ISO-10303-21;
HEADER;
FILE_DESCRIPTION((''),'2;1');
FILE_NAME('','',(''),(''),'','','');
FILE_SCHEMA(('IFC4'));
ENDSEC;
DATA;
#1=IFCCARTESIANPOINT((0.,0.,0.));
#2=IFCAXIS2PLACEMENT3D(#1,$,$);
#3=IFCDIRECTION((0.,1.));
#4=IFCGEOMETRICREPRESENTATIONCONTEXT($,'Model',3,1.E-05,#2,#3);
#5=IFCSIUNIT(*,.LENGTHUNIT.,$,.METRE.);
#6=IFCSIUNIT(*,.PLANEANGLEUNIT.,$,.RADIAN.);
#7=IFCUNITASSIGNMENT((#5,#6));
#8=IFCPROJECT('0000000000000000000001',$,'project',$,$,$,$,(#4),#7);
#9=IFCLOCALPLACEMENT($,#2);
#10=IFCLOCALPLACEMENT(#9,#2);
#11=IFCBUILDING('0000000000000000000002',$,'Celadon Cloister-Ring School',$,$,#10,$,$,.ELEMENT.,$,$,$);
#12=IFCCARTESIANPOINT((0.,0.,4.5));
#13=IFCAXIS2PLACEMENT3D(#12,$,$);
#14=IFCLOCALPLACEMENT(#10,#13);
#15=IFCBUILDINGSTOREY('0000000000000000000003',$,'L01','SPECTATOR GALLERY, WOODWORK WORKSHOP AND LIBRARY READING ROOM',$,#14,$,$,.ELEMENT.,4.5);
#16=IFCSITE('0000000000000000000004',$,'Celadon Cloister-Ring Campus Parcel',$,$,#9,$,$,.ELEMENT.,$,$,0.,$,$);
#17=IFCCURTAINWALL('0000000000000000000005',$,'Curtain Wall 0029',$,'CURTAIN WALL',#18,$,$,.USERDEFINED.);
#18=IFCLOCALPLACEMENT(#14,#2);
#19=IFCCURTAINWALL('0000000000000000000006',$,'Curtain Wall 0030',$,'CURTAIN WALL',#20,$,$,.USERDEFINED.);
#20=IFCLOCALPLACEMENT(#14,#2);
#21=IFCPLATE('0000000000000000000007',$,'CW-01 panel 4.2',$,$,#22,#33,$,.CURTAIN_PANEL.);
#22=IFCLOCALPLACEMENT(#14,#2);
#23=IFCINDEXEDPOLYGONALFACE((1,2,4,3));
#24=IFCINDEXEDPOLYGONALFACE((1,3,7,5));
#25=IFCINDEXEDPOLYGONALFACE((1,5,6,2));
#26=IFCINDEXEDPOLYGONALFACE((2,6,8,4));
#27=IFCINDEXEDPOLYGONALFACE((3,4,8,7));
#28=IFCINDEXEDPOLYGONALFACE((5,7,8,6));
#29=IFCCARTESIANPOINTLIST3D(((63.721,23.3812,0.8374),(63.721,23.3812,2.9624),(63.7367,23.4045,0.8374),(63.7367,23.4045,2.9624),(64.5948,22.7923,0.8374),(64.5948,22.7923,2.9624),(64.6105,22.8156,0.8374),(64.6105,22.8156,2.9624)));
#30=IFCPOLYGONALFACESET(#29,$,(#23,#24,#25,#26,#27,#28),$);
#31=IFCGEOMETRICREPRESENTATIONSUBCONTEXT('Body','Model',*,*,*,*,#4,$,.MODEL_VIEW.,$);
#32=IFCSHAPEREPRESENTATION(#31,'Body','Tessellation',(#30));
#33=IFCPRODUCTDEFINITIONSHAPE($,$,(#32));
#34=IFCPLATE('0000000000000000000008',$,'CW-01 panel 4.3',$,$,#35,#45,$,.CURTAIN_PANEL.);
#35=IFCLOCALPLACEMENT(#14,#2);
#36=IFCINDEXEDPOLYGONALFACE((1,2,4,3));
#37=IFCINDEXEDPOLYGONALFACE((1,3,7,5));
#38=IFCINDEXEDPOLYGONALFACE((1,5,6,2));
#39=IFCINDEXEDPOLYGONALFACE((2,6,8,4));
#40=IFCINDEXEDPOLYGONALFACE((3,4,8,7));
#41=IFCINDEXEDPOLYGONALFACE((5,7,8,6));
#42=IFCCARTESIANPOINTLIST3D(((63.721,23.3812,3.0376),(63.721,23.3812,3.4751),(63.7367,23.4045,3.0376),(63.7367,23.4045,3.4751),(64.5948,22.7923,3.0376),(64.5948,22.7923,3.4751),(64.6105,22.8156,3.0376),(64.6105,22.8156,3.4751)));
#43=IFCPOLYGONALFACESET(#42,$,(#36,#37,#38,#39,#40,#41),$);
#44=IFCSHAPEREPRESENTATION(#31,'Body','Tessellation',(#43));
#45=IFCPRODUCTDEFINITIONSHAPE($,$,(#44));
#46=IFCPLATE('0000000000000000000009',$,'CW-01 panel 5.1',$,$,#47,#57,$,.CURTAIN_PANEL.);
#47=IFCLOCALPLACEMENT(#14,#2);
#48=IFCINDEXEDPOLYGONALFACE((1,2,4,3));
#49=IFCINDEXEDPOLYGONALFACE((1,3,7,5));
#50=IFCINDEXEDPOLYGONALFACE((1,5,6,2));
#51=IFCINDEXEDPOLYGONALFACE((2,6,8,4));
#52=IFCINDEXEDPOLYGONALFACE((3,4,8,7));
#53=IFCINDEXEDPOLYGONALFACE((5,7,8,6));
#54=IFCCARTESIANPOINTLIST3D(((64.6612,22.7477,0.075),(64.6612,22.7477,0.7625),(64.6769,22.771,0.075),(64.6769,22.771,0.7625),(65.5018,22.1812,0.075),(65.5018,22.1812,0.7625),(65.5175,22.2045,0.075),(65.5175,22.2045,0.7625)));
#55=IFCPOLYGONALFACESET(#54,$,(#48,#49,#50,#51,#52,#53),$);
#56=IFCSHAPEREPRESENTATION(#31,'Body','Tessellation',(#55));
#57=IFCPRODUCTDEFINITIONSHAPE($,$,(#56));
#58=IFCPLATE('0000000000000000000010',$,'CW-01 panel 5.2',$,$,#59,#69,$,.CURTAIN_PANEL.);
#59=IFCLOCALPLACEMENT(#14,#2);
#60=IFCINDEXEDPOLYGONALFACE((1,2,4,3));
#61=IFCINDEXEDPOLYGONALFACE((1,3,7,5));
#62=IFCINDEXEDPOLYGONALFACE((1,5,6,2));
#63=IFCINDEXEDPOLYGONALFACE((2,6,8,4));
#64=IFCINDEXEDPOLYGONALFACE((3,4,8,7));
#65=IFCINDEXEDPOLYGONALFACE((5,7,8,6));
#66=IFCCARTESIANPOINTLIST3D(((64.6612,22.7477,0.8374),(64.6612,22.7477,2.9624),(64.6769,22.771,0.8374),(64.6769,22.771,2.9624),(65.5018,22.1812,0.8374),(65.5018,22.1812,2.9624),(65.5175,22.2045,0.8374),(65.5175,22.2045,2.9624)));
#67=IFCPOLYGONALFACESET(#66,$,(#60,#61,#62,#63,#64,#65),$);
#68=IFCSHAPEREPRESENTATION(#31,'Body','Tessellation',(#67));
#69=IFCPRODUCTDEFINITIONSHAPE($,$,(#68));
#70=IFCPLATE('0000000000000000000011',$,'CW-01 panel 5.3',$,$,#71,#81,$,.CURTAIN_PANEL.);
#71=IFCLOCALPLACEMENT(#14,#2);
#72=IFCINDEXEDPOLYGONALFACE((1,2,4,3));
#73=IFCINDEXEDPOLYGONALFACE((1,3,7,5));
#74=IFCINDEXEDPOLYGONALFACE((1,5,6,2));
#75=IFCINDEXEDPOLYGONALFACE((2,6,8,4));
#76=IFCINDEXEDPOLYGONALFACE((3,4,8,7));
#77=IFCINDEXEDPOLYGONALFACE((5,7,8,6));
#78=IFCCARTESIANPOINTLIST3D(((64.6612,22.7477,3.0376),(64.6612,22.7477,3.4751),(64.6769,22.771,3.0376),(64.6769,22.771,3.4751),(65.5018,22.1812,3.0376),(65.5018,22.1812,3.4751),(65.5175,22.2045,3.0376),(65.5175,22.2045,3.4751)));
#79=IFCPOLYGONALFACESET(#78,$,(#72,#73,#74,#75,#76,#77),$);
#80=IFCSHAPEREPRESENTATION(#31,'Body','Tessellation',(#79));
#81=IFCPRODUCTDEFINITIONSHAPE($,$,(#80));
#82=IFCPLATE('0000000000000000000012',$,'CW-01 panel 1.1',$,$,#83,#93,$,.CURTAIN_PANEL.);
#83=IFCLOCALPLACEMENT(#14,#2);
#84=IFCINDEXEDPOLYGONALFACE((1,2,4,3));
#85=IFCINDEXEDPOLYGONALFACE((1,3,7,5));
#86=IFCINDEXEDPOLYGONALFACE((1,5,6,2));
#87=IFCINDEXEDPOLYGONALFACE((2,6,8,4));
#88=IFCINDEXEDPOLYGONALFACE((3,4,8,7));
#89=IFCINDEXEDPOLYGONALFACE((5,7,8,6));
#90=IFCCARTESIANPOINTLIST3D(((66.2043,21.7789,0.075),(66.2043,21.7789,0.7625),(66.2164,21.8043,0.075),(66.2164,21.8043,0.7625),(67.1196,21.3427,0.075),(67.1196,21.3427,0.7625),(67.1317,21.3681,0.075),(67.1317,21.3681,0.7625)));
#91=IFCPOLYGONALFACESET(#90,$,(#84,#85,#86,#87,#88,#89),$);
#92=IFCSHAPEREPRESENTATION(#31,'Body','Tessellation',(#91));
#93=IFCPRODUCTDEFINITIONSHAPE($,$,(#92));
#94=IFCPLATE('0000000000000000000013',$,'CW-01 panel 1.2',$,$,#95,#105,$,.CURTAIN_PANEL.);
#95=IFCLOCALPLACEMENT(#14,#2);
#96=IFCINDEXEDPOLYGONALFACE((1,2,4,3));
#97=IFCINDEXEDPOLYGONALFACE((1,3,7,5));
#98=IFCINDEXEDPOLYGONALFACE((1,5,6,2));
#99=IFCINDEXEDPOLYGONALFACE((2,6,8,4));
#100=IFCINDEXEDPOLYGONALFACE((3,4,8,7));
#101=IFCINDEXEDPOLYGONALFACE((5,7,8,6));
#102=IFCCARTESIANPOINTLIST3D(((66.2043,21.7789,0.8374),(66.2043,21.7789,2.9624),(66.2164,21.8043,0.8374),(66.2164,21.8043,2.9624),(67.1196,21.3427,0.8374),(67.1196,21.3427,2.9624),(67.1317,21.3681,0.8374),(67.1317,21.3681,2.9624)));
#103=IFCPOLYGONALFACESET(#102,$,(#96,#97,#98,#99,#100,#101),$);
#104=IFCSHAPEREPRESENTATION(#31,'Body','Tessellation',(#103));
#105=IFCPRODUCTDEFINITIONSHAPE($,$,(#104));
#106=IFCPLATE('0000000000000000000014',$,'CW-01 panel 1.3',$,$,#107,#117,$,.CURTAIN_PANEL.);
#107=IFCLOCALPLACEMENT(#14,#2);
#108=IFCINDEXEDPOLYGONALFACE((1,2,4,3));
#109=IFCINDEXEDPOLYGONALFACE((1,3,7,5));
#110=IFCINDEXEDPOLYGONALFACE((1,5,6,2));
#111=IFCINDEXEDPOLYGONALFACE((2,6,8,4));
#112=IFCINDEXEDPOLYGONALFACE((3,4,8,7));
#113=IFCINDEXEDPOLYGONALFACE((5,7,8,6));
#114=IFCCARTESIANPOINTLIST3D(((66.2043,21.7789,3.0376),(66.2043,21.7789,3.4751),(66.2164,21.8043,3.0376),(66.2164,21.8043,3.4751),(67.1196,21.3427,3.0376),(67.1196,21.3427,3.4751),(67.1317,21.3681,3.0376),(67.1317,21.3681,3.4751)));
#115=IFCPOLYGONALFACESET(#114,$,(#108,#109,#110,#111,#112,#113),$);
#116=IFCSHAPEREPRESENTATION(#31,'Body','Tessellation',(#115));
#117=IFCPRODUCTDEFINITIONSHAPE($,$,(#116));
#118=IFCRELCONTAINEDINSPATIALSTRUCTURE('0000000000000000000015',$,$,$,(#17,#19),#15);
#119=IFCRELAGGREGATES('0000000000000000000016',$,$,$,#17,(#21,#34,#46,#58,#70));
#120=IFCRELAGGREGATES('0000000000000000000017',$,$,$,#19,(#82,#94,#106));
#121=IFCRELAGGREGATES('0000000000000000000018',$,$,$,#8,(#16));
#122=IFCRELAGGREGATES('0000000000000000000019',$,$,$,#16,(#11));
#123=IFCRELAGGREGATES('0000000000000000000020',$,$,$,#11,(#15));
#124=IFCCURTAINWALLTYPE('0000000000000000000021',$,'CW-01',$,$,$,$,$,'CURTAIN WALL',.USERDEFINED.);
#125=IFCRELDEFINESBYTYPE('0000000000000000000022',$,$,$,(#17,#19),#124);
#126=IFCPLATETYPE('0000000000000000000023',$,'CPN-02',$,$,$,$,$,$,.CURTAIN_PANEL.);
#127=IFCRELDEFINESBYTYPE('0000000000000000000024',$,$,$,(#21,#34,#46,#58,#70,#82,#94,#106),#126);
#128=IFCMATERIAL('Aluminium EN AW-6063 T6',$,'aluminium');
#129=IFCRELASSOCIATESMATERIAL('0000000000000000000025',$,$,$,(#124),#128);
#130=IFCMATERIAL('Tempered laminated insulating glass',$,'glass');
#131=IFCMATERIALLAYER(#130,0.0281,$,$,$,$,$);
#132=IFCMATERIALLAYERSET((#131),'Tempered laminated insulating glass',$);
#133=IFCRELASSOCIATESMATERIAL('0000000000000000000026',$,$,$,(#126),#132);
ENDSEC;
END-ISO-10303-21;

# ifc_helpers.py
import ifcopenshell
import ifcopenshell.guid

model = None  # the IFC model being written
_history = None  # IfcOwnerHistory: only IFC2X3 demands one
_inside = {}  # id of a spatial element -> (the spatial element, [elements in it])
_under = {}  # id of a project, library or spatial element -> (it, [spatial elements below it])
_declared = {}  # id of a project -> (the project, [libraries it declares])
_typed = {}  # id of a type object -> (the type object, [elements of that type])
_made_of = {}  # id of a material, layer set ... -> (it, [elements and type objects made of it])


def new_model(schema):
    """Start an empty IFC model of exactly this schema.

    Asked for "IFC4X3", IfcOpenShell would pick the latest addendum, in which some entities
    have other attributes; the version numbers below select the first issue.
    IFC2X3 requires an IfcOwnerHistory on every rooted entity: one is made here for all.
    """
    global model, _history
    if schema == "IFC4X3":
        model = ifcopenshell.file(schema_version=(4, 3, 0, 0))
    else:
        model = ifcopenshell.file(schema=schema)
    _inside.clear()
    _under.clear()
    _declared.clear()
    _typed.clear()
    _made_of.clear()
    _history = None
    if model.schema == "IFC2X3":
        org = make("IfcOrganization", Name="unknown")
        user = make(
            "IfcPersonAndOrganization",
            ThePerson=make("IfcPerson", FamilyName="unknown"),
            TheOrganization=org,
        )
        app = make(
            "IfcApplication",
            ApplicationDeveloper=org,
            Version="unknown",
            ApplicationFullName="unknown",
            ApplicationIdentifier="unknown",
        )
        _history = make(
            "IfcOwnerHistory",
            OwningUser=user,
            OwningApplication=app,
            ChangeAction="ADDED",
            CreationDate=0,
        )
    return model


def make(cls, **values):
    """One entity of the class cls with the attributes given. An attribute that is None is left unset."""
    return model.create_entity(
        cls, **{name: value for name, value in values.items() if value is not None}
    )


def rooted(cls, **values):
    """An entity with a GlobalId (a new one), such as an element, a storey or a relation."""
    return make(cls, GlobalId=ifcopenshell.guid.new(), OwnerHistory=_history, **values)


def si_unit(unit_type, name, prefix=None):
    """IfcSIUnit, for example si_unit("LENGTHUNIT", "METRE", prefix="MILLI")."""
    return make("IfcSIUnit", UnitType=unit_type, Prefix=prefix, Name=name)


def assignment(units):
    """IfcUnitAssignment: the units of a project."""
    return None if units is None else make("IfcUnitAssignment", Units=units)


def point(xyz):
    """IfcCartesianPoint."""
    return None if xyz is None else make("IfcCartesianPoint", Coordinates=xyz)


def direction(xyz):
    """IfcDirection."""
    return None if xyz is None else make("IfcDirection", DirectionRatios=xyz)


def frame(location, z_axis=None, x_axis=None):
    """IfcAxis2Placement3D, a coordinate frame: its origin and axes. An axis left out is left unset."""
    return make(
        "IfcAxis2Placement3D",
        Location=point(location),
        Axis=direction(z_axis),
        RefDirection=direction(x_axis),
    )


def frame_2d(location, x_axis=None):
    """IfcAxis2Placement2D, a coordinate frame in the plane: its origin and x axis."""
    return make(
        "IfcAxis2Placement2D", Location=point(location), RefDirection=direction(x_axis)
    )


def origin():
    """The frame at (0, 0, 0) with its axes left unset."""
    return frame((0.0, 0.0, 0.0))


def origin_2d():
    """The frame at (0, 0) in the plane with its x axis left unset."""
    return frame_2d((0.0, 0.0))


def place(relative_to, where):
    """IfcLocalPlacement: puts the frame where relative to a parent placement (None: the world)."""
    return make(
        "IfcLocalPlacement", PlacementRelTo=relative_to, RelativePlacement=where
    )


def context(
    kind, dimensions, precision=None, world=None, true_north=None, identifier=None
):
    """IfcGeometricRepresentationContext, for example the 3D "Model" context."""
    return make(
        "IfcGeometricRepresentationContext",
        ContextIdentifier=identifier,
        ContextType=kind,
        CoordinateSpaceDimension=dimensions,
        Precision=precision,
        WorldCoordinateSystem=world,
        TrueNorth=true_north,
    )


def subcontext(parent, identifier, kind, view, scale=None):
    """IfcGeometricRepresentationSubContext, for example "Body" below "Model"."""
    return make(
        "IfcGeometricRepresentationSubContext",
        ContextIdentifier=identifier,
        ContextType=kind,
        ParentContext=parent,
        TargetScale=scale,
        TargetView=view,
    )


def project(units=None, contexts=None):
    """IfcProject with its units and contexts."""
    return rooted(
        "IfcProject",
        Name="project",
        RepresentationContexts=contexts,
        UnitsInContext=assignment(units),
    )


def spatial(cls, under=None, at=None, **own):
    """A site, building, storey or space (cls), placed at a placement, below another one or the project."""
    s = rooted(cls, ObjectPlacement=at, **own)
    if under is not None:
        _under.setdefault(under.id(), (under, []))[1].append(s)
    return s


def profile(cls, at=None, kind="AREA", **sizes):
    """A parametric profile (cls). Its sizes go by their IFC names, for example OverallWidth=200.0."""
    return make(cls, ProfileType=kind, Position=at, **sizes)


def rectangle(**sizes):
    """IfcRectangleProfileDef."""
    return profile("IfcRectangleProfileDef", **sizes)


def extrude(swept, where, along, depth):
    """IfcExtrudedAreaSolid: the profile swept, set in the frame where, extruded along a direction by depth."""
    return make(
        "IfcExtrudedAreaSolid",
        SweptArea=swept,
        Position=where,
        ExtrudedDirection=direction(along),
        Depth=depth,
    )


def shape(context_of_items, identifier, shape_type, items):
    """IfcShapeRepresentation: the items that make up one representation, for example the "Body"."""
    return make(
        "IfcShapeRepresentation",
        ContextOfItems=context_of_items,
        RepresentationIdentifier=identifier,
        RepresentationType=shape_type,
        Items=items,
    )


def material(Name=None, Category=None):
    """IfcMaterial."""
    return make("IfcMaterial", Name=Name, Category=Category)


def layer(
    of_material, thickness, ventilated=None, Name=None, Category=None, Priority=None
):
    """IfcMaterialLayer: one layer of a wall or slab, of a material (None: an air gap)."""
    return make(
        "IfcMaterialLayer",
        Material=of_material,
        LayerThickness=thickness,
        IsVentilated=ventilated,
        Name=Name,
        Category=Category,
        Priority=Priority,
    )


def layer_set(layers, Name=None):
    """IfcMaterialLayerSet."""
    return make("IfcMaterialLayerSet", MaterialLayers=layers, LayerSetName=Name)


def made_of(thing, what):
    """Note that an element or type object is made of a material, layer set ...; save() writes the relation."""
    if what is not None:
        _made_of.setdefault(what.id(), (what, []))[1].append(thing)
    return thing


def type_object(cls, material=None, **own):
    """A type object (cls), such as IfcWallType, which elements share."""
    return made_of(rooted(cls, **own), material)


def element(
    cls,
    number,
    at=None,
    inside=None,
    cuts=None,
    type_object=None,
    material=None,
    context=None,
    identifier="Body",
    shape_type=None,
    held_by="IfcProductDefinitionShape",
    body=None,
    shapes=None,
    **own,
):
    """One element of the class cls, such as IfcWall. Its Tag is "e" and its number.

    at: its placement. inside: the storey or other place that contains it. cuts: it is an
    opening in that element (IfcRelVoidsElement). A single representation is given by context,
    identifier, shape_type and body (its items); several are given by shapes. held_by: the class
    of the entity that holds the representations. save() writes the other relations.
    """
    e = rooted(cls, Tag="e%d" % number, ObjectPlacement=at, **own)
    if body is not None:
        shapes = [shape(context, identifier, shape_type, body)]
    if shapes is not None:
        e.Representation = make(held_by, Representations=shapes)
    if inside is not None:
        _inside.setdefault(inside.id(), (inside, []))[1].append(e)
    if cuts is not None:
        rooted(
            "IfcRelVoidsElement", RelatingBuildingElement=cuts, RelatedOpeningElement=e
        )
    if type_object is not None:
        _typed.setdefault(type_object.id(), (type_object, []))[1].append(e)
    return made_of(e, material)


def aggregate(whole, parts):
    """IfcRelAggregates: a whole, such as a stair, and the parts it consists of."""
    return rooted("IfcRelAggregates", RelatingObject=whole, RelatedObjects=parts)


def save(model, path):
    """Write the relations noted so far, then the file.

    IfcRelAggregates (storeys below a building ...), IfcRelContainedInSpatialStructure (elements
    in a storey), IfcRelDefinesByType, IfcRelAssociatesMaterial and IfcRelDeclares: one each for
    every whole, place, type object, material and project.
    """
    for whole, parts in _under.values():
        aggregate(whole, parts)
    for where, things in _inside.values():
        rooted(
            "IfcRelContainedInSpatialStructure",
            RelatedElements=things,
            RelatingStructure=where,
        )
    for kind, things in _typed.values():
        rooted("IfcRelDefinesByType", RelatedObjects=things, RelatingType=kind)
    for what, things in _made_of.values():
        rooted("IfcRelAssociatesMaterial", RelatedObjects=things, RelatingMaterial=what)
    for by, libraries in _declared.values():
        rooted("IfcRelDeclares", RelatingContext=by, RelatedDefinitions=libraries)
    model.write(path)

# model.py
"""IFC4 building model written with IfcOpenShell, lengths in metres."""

from ifc_helpers import new_model, si_unit, direction, frame, origin, origin_2d, place, context, subcontext, project, spatial, rectangle, extrude, material, layer, layer_set, type_object, element, aggregate, save


model = new_model("IFC4")

# Units and contexts
model_context = context("Model", 3, precision=1e-05, world=origin(), true_north=direction((0.0, 1.0)))
body_context = subcontext(model_context, "Body", "Model", "MODEL_VIEW")
ifc_project = project(units=[si_unit("LENGTHUNIT", "METRE"), si_unit("PLANEANGLEUNIT", "RADIAN")], contexts=[model_context])

# Site, building, storey
site_placement = place(None, origin())
site = spatial("IfcSite", under=ifc_project, at=site_placement, Name="Celadon Cloister-Ring Campus Parcel", CompositionType="ELEMENT", RefElevation=0.0)
building_placement = place(site_placement, origin())
building = spatial("IfcBuilding", under=site, at=building_placement, Name="Celadon Cloister-Ring School", CompositionType="ELEMENT")
storey_placement = place(building_placement, frame((0.0, 0.0, 4.5)))
storey = spatial("IfcBuildingStorey", under=building, at=storey_placement, Name="L01", Description="SPECTATOR GALLERY, WOODWORK WORKSHOP AND LIBRARY READING ROOM", CompositionType="ELEMENT", Elevation=4.5)

# Curtain walls
ifc_material_1 = material(Name="Aluminium EN AW-6063 T6", Category="aluminium")
curtain_wall_type = type_object("IfcCurtainWallType", Name="CW-01", ElementType="CURTAIN WALL", PredefinedType="USERDEFINED", material=ifc_material_1)
curtain_wall_1_placement = place(storey_placement, origin())
curtain_wall_1 = element("IfcCurtainWall", 1, at=curtain_wall_1_placement, inside=storey, type_object=curtain_wall_type, Name="Curtain Wall 0029", ObjectType="CURTAIN WALL", PredefinedType="USERDEFINED")
curtain_wall_2_placement = place(storey_placement, origin())
curtain_wall_2 = element("IfcCurtainWall", 2, at=curtain_wall_2_placement, inside=storey, type_object=curtain_wall_type, Name="Curtain Wall 0030", ObjectType="CURTAIN WALL", PredefinedType="USERDEFINED")

# Plates
ifc_material_2 = material(Name="Tempered laminated insulating glass", Category="glass")
ifc_layer = layer(ifc_material_2, 0.0281)
ifc_layer_set = layer_set([ifc_layer], Name="Tempered laminated insulating glass")
plate_type = type_object("IfcPlateType", Name="CPN-02", PredefinedType="CURTAIN_PANEL", material=ifc_layer_set)
plate_1_placement = place(storey_placement, frame((64.1658, 23.0984, 0.8374), z_axis=(0.0, 0.0, 1.0), x_axis=(0.829272, -0.558846, 0.0)))
plate_1 = element("IfcPlate", 3, at=plate_1_placement, type_object=plate_type, Name="CW-01 panel 4.2", PredefinedType="CURTAIN_PANEL", context=body_context, shape_type="SweptSolid", body=[
    extrude(rectangle(XDim=1.0537, YDim=0.0281, at=origin_2d()), origin(), (0.0, 0.0, 1.0), 2.125),
])
plate_2_placement = place(storey_placement, frame((64.1658, 23.0984, 3.0376), z_axis=(0.0, 0.0, 1.0), x_axis=(0.829272, -0.558846, 0.0)))
plate_2 = element("IfcPlate", 4, at=plate_2_placement, type_object=plate_type, Name="CW-01 panel 4.3", PredefinedType="CURTAIN_PANEL", context=body_context, shape_type="SweptSolid", body=[
    extrude(rectangle(XDim=1.0537, YDim=0.0281, at=origin_2d()), origin(), (0.0, 0.0, 1.0), 0.4375),
])
plate_3_placement = place(storey_placement, frame((65.0894, 22.4761, 0.075), z_axis=(0.0, 0.0, 1.0), x_axis=(0.829272, -0.558846, 0.0)))
plate_3 = element("IfcPlate", 5, at=plate_3_placement, type_object=plate_type, Name="CW-01 panel 5.1", PredefinedType="CURTAIN_PANEL", context=body_context, shape_type="SweptSolid", body=[
    extrude(rectangle(XDim=1.0137, YDim=0.0281, at=origin_2d()), origin(), (0.0, 0.0, 1.0), 0.6875),
])
plate_4_placement = place(storey_placement, frame((65.0894, 22.4761, 0.8374), z_axis=(0.0, 0.0, 1.0), x_axis=(0.829272, -0.558846, 0.0)))
plate_4 = element("IfcPlate", 6, at=plate_4_placement, type_object=plate_type, Name="CW-01 panel 5.2", PredefinedType="CURTAIN_PANEL", context=body_context, shape_type="SweptSolid", body=[
    extrude(rectangle(XDim=1.0137, YDim=0.0281, at=origin_2d()), origin(), (0.0, 0.0, 1.0), 2.125),
])
plate_5_placement = place(storey_placement, frame((65.0894, 22.4761, 3.0376), z_axis=(0.0, 0.0, 1.0), x_axis=(0.829272, -0.558846, 0.0)))
plate_5 = element("IfcPlate", 7, at=plate_5_placement, type_object=plate_type, Name="CW-01 panel 5.3", PredefinedType="CURTAIN_PANEL", context=body_context, shape_type="SweptSolid", body=[
    extrude(rectangle(XDim=1.0137, YDim=0.0281, at=origin_2d()), origin(), (0.0, 0.0, 1.0), 0.4375),
])
aggregate(curtain_wall_1, [plate_1, plate_2, plate_3, plate_4, plate_5])
plate_6_placement = place(storey_placement, frame((66.668, 21.5735, 0.075), z_axis=(0.0, 0.0, 1.0), x_axis=(0.902733, -0.430201, 0.0)))
plate_6 = element("IfcPlate", 8, at=plate_6_placement, type_object=plate_type, Name="CW-01 panel 1.1", PredefinedType="CURTAIN_PANEL", context=body_context, shape_type="SweptSolid", body=[
    extrude(rectangle(XDim=1.0139, YDim=0.0281, at=origin_2d()), origin(), (0.0, 0.0, 1.0), 0.6875),
])
plate_7_placement = place(storey_placement, frame((66.668, 21.5735, 0.8374), z_axis=(0.0, 0.0, 1.0), x_axis=(0.902733, -0.430201, 0.0)))
plate_7 = element("IfcPlate", 9, at=plate_7_placement, type_object=plate_type, Name="CW-01 panel 1.2", PredefinedType="CURTAIN_PANEL", context=body_context, shape_type="SweptSolid", body=[
    extrude(rectangle(XDim=1.0139, YDim=0.0281, at=origin_2d()), origin(), (0.0, 0.0, 1.0), 2.125),
])
plate_8_placement = place(storey_placement, frame((66.668, 21.5735, 3.0376), z_axis=(0.0, 0.0, 1.0), x_axis=(0.902733, -0.430201, 0.0)))
plate_8 = element("IfcPlate", 10, at=plate_8_placement, type_object=plate_type, Name="CW-01 panel 1.3", PredefinedType="CURTAIN_PANEL", context=body_context, shape_type="SweptSolid", body=[
    extrude(rectangle(XDim=1.0139, YDim=0.0281, at=origin_2d()), origin(), (0.0, 0.0, 1.0), 0.4375),
])
aggregate(curtain_wall_2, [plate_6, plate_7, plate_8])

save(model, "model.ifc")
